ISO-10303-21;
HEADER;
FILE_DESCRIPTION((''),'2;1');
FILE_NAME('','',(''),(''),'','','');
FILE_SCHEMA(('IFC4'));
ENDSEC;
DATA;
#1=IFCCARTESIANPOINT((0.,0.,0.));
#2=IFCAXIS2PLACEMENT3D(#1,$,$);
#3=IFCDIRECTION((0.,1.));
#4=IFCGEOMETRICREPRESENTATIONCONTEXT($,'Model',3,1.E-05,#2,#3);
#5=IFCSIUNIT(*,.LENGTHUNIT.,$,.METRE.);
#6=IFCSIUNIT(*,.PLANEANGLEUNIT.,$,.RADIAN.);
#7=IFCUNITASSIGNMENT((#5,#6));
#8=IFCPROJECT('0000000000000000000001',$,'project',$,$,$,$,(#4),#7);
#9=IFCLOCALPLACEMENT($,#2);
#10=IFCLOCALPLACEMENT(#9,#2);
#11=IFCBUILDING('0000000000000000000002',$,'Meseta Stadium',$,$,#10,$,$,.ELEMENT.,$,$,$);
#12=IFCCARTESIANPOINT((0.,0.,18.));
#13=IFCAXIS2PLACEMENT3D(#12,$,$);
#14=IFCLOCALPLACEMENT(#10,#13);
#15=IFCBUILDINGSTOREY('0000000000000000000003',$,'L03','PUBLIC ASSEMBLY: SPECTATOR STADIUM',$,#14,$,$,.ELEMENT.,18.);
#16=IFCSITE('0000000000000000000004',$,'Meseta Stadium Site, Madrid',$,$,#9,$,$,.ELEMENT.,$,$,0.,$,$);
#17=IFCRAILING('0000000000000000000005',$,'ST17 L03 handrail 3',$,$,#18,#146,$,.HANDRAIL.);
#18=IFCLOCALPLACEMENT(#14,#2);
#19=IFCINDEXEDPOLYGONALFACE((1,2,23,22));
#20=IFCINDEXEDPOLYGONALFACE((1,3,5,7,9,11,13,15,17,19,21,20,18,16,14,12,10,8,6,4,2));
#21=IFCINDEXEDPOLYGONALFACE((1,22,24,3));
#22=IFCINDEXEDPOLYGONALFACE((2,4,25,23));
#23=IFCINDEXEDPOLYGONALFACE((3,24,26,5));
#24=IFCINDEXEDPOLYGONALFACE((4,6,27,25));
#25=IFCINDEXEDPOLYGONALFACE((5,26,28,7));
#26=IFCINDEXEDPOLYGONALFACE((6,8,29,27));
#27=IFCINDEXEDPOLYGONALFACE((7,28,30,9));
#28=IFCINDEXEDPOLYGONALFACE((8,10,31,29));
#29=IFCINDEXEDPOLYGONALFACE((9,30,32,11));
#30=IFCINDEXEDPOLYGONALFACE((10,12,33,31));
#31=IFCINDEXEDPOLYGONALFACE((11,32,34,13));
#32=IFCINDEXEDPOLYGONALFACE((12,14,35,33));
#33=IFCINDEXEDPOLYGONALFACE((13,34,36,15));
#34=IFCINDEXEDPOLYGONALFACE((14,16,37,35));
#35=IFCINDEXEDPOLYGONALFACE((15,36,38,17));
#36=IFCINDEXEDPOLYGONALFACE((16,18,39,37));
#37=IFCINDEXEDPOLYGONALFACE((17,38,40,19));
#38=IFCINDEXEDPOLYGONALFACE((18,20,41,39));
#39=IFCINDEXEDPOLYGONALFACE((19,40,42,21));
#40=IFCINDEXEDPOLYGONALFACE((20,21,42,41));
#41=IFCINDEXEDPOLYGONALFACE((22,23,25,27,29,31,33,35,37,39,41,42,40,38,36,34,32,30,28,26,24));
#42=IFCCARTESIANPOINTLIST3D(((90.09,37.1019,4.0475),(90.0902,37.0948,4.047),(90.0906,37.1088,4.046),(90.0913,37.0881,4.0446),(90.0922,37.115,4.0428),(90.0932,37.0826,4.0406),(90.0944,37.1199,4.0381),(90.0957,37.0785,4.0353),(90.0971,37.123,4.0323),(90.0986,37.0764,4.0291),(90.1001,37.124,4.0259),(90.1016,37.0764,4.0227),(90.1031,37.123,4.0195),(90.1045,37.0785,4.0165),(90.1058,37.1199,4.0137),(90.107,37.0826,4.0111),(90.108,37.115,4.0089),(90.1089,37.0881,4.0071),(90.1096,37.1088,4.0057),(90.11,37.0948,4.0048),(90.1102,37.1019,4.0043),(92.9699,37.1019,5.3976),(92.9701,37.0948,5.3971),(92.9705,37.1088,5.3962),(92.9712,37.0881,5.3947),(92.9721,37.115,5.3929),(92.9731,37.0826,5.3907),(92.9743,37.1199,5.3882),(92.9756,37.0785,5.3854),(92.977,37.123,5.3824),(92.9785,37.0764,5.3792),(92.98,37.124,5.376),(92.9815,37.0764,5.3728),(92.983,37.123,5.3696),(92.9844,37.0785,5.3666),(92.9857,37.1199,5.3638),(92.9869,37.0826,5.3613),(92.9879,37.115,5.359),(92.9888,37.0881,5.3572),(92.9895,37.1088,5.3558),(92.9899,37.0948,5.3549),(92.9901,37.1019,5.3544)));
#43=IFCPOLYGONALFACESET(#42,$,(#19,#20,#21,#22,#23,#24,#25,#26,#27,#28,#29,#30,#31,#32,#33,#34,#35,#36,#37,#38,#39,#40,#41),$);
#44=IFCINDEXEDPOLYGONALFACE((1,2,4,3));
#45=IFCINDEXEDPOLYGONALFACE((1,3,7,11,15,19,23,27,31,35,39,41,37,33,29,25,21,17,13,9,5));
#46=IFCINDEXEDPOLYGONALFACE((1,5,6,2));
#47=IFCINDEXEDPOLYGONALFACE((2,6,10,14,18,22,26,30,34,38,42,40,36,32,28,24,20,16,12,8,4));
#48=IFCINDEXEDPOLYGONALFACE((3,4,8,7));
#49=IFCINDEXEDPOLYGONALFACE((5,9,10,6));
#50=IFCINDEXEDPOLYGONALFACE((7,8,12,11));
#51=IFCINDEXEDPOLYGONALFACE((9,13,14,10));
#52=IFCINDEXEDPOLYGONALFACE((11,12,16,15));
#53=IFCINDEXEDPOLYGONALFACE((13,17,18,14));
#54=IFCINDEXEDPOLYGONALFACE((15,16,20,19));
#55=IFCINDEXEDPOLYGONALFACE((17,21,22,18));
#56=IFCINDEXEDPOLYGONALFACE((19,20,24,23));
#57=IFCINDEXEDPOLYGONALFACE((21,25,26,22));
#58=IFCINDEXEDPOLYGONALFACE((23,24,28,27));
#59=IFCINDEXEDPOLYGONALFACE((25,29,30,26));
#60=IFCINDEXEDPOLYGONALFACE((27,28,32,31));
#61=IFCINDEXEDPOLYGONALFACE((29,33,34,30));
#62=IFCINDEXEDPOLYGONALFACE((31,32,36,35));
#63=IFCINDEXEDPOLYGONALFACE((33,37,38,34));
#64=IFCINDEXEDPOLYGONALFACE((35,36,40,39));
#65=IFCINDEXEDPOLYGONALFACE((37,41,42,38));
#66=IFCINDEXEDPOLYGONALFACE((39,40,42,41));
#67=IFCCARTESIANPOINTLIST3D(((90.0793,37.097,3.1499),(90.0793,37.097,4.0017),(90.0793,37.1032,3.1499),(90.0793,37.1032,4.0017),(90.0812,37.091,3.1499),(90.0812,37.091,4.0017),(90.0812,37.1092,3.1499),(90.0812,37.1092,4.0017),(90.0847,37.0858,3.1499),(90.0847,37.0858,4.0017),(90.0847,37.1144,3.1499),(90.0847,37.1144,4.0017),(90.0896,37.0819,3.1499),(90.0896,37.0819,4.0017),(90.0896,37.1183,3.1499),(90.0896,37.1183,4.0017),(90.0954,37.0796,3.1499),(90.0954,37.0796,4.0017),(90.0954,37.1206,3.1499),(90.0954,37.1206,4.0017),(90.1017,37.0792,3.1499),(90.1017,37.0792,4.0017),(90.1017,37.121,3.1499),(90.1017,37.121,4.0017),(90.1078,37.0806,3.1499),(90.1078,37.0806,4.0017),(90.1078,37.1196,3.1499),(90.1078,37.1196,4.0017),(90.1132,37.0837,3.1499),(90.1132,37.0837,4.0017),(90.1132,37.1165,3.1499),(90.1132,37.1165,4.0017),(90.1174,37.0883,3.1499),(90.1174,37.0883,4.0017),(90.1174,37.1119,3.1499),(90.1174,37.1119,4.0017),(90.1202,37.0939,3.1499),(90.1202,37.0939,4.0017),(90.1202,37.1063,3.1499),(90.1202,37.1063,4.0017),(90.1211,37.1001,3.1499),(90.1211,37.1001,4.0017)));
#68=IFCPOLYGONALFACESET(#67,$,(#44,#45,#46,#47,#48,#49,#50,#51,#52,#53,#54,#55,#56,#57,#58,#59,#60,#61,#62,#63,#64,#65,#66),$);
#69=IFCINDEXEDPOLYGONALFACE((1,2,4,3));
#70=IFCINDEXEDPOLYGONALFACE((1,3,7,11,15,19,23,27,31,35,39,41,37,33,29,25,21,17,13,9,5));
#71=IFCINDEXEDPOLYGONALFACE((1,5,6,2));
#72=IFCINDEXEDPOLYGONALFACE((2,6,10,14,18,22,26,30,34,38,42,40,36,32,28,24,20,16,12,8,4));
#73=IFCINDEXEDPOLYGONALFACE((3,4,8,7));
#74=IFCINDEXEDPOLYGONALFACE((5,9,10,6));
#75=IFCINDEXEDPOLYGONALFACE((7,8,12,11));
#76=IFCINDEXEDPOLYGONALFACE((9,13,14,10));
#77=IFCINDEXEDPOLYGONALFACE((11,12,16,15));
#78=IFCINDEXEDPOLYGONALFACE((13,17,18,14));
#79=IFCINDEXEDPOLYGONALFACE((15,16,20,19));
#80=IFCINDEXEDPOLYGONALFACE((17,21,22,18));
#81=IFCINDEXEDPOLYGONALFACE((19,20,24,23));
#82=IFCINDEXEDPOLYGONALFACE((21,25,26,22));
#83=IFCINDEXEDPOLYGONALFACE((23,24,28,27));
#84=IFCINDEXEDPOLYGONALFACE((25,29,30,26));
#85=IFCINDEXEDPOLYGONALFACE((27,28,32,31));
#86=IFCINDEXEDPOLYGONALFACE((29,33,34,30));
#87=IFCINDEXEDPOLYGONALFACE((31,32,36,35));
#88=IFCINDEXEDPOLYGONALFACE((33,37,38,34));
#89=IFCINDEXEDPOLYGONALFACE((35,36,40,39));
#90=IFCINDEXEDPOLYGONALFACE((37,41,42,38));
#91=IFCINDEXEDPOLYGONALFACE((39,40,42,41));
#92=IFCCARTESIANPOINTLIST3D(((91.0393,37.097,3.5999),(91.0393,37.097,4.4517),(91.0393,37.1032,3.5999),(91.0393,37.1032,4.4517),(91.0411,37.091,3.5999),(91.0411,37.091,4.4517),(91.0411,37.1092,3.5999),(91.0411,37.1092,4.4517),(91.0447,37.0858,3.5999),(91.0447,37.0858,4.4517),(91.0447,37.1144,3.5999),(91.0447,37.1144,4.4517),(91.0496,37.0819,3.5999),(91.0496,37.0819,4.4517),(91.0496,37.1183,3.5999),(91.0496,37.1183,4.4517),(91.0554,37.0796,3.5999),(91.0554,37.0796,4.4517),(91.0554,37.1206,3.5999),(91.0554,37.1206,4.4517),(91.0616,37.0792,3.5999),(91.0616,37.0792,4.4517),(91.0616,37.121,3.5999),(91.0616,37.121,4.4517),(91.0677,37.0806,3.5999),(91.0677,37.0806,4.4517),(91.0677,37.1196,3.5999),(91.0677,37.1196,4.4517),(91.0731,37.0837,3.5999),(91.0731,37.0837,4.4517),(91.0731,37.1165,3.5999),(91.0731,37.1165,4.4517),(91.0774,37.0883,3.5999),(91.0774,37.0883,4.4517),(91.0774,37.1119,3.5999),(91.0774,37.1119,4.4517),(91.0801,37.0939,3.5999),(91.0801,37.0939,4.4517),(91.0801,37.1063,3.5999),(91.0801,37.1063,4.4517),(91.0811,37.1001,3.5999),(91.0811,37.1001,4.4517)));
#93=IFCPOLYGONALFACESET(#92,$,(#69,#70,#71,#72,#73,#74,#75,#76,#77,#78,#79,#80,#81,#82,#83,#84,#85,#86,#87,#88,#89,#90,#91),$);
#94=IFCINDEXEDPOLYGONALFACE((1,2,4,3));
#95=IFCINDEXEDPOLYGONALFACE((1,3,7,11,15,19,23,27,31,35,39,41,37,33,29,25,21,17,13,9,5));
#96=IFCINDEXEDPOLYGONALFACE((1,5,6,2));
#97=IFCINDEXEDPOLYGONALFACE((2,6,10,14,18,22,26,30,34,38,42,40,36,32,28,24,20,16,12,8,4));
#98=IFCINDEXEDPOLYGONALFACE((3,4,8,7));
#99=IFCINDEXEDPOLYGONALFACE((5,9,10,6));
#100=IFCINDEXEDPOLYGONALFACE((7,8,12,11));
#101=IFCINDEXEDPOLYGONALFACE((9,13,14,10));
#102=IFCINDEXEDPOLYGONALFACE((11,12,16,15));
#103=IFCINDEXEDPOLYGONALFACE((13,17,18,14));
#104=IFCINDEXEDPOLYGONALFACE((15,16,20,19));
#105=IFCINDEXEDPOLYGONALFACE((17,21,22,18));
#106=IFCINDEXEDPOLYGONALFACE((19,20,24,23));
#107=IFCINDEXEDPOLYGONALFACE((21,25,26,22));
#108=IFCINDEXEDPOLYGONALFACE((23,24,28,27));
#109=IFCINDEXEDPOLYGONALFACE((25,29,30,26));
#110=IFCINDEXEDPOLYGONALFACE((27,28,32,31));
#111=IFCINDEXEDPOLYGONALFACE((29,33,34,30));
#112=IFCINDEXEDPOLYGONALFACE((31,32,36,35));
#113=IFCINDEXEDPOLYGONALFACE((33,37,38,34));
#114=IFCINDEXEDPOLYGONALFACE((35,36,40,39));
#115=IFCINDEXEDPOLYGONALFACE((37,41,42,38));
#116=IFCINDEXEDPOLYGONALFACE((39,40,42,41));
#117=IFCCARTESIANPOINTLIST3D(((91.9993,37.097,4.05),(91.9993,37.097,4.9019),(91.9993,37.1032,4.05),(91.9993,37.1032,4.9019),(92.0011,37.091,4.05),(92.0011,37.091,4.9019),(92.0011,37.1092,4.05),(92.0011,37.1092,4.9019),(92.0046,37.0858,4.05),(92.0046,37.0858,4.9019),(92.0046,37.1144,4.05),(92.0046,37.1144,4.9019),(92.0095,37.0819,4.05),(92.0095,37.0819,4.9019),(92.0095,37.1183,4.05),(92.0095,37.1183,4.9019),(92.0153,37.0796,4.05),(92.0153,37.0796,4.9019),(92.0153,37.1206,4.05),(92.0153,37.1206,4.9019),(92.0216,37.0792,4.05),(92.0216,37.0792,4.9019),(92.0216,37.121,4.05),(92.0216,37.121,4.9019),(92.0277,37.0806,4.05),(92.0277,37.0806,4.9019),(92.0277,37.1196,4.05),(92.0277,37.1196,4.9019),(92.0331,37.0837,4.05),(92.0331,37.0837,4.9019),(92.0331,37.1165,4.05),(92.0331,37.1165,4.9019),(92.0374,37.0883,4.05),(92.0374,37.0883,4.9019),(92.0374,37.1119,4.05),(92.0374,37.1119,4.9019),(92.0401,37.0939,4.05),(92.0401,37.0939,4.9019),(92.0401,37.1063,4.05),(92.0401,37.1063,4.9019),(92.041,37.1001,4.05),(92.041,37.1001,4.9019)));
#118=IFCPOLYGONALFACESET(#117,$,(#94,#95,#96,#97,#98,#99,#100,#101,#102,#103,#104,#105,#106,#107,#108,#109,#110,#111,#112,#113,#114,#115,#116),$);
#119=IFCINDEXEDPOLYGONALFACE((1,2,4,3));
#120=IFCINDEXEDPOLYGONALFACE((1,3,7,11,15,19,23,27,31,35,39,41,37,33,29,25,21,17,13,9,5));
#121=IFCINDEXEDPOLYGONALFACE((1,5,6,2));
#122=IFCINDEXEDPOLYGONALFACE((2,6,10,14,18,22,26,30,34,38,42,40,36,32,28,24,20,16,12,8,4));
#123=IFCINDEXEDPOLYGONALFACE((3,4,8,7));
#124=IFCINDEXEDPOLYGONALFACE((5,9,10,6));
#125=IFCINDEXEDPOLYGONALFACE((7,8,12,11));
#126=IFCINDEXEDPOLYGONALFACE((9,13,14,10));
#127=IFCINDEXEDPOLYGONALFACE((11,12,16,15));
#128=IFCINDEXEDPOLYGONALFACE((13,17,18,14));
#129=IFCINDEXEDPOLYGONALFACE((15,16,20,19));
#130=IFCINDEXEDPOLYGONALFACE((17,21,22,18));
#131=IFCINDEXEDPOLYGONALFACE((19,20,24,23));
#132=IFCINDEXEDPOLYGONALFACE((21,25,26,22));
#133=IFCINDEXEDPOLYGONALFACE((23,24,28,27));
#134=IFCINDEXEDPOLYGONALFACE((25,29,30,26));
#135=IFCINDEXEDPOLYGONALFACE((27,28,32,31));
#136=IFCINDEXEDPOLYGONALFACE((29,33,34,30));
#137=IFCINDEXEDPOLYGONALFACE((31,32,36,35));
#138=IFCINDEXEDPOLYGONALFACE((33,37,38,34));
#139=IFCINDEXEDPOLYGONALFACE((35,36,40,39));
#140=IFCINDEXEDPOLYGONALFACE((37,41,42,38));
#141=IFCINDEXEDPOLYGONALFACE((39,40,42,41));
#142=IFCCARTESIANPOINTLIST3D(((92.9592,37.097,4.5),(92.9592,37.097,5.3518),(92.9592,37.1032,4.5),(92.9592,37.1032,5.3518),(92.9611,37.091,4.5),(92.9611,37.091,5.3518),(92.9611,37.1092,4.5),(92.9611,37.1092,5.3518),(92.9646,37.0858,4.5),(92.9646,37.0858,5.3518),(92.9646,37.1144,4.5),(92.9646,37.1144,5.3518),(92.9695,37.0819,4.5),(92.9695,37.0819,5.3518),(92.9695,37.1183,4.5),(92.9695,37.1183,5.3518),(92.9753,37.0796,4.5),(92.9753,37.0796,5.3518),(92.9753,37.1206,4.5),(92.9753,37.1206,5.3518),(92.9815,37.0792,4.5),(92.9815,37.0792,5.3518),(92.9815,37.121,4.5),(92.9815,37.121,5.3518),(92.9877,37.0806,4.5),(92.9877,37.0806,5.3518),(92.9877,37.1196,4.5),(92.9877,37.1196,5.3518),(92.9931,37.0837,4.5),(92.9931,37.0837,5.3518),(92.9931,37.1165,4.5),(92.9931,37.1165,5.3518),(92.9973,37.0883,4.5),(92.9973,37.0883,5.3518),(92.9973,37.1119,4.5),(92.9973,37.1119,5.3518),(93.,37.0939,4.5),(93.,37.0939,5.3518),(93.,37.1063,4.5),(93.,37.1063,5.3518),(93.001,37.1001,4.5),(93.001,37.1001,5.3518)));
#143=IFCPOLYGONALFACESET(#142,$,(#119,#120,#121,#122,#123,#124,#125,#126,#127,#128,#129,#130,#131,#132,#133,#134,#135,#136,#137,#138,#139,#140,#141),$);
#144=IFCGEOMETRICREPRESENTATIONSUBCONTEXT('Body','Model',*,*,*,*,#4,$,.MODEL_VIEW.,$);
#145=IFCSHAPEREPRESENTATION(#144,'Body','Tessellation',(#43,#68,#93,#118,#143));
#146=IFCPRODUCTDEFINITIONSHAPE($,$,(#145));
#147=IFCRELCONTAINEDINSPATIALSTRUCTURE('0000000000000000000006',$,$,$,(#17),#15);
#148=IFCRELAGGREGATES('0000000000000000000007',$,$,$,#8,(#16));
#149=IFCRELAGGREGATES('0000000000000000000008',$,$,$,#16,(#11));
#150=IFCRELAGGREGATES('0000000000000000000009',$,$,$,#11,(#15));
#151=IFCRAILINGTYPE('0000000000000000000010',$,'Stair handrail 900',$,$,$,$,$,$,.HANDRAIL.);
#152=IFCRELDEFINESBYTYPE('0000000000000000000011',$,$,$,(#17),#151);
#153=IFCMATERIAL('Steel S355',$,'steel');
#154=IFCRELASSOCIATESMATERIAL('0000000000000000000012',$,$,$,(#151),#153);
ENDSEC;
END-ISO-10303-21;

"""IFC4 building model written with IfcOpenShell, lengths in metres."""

from ifc_helpers import new_model, si_unit, direction, frame, origin, origin_2d, place, context, subcontext, project, spatial, circle, extrude, material, type_object, element, save


model = new_model("IFC4")

# Units and contexts
model_context = context("Model", 3, precision=1e-05, world=origin(), true_north=direction((0.0, 1.0)))
body_context = subcontext(model_context, "Body", "Model", "MODEL_VIEW")
ifc_project = project(units=[si_unit("LENGTHUNIT", "METRE"), si_unit("PLANEANGLEUNIT", "RADIAN")], contexts=[model_context])

# Site, building, storey
site_placement = place(None, origin())
site = spatial("IfcSite", under=ifc_project, at=site_placement, Name="Meseta Stadium Site, Madrid", CompositionType="ELEMENT", RefElevation=0.0)
building_placement = place(site_placement, origin())
building = spatial("IfcBuilding", under=site, at=building_placement, Name="Meseta Stadium", CompositionType="ELEMENT")
storey_placement = place(building_placement, frame((0.0, 0.0, 18.0)))
storey = spatial("IfcBuildingStorey", under=building, at=storey_placement, Name="L03", Description="PUBLIC ASSEMBLY: SPECTATOR STADIUM", CompositionType="ELEMENT", Elevation=18.0)

# Railing
ifc_material_1 = material(Name="Steel S355", Category="steel")
railing_type_1 = type_object("IfcRailingType", Name="Stair handrail 900", PredefinedType="HANDRAIL", material=ifc_material_1)
for number, where, name in (
    (1, (90.1001, 37.1001, 3.1499), "ST17 L03 handrail 3"),
):
    element("IfcRailing", number, at=place(storey_placement, frame(where)), inside=storey, type_object=railing_type_1, Name=name, PredefinedType="HANDRAIL", context=body_context, shape_type="SweptSolid", body=[
        extrude(circle(Radius=0.0239, at=origin_2d()), frame((0.0, 0.0, 0.876), z_axis=(0.90544, 0.0, 0.424473), x_axis=(0.0, 1.0, 0.0)), (0.0, 0.0, 1.0), 3.1807),
        extrude(circle(Radius=0.021, at=origin_2d()), origin(), (0.0, 0.0, 1.0), 0.8518),
        extrude(circle(Radius=0.021, at=origin_2d()), frame((0.96, 0.0, 0.45)), (0.0, 0.0, 1.0), 0.8518),
        extrude(circle(Radius=0.021, at=origin_2d()), frame((1.9199, 0.0, 0.9001)), (0.0, 0.0, 1.0), 0.8518),
        extrude(circle(Radius=0.021, at=origin_2d()), frame((2.8799, 0.0, 1.3501)), (0.0, 0.0, 1.0), 0.8518),
    ])

save(model, "model.ifc")
